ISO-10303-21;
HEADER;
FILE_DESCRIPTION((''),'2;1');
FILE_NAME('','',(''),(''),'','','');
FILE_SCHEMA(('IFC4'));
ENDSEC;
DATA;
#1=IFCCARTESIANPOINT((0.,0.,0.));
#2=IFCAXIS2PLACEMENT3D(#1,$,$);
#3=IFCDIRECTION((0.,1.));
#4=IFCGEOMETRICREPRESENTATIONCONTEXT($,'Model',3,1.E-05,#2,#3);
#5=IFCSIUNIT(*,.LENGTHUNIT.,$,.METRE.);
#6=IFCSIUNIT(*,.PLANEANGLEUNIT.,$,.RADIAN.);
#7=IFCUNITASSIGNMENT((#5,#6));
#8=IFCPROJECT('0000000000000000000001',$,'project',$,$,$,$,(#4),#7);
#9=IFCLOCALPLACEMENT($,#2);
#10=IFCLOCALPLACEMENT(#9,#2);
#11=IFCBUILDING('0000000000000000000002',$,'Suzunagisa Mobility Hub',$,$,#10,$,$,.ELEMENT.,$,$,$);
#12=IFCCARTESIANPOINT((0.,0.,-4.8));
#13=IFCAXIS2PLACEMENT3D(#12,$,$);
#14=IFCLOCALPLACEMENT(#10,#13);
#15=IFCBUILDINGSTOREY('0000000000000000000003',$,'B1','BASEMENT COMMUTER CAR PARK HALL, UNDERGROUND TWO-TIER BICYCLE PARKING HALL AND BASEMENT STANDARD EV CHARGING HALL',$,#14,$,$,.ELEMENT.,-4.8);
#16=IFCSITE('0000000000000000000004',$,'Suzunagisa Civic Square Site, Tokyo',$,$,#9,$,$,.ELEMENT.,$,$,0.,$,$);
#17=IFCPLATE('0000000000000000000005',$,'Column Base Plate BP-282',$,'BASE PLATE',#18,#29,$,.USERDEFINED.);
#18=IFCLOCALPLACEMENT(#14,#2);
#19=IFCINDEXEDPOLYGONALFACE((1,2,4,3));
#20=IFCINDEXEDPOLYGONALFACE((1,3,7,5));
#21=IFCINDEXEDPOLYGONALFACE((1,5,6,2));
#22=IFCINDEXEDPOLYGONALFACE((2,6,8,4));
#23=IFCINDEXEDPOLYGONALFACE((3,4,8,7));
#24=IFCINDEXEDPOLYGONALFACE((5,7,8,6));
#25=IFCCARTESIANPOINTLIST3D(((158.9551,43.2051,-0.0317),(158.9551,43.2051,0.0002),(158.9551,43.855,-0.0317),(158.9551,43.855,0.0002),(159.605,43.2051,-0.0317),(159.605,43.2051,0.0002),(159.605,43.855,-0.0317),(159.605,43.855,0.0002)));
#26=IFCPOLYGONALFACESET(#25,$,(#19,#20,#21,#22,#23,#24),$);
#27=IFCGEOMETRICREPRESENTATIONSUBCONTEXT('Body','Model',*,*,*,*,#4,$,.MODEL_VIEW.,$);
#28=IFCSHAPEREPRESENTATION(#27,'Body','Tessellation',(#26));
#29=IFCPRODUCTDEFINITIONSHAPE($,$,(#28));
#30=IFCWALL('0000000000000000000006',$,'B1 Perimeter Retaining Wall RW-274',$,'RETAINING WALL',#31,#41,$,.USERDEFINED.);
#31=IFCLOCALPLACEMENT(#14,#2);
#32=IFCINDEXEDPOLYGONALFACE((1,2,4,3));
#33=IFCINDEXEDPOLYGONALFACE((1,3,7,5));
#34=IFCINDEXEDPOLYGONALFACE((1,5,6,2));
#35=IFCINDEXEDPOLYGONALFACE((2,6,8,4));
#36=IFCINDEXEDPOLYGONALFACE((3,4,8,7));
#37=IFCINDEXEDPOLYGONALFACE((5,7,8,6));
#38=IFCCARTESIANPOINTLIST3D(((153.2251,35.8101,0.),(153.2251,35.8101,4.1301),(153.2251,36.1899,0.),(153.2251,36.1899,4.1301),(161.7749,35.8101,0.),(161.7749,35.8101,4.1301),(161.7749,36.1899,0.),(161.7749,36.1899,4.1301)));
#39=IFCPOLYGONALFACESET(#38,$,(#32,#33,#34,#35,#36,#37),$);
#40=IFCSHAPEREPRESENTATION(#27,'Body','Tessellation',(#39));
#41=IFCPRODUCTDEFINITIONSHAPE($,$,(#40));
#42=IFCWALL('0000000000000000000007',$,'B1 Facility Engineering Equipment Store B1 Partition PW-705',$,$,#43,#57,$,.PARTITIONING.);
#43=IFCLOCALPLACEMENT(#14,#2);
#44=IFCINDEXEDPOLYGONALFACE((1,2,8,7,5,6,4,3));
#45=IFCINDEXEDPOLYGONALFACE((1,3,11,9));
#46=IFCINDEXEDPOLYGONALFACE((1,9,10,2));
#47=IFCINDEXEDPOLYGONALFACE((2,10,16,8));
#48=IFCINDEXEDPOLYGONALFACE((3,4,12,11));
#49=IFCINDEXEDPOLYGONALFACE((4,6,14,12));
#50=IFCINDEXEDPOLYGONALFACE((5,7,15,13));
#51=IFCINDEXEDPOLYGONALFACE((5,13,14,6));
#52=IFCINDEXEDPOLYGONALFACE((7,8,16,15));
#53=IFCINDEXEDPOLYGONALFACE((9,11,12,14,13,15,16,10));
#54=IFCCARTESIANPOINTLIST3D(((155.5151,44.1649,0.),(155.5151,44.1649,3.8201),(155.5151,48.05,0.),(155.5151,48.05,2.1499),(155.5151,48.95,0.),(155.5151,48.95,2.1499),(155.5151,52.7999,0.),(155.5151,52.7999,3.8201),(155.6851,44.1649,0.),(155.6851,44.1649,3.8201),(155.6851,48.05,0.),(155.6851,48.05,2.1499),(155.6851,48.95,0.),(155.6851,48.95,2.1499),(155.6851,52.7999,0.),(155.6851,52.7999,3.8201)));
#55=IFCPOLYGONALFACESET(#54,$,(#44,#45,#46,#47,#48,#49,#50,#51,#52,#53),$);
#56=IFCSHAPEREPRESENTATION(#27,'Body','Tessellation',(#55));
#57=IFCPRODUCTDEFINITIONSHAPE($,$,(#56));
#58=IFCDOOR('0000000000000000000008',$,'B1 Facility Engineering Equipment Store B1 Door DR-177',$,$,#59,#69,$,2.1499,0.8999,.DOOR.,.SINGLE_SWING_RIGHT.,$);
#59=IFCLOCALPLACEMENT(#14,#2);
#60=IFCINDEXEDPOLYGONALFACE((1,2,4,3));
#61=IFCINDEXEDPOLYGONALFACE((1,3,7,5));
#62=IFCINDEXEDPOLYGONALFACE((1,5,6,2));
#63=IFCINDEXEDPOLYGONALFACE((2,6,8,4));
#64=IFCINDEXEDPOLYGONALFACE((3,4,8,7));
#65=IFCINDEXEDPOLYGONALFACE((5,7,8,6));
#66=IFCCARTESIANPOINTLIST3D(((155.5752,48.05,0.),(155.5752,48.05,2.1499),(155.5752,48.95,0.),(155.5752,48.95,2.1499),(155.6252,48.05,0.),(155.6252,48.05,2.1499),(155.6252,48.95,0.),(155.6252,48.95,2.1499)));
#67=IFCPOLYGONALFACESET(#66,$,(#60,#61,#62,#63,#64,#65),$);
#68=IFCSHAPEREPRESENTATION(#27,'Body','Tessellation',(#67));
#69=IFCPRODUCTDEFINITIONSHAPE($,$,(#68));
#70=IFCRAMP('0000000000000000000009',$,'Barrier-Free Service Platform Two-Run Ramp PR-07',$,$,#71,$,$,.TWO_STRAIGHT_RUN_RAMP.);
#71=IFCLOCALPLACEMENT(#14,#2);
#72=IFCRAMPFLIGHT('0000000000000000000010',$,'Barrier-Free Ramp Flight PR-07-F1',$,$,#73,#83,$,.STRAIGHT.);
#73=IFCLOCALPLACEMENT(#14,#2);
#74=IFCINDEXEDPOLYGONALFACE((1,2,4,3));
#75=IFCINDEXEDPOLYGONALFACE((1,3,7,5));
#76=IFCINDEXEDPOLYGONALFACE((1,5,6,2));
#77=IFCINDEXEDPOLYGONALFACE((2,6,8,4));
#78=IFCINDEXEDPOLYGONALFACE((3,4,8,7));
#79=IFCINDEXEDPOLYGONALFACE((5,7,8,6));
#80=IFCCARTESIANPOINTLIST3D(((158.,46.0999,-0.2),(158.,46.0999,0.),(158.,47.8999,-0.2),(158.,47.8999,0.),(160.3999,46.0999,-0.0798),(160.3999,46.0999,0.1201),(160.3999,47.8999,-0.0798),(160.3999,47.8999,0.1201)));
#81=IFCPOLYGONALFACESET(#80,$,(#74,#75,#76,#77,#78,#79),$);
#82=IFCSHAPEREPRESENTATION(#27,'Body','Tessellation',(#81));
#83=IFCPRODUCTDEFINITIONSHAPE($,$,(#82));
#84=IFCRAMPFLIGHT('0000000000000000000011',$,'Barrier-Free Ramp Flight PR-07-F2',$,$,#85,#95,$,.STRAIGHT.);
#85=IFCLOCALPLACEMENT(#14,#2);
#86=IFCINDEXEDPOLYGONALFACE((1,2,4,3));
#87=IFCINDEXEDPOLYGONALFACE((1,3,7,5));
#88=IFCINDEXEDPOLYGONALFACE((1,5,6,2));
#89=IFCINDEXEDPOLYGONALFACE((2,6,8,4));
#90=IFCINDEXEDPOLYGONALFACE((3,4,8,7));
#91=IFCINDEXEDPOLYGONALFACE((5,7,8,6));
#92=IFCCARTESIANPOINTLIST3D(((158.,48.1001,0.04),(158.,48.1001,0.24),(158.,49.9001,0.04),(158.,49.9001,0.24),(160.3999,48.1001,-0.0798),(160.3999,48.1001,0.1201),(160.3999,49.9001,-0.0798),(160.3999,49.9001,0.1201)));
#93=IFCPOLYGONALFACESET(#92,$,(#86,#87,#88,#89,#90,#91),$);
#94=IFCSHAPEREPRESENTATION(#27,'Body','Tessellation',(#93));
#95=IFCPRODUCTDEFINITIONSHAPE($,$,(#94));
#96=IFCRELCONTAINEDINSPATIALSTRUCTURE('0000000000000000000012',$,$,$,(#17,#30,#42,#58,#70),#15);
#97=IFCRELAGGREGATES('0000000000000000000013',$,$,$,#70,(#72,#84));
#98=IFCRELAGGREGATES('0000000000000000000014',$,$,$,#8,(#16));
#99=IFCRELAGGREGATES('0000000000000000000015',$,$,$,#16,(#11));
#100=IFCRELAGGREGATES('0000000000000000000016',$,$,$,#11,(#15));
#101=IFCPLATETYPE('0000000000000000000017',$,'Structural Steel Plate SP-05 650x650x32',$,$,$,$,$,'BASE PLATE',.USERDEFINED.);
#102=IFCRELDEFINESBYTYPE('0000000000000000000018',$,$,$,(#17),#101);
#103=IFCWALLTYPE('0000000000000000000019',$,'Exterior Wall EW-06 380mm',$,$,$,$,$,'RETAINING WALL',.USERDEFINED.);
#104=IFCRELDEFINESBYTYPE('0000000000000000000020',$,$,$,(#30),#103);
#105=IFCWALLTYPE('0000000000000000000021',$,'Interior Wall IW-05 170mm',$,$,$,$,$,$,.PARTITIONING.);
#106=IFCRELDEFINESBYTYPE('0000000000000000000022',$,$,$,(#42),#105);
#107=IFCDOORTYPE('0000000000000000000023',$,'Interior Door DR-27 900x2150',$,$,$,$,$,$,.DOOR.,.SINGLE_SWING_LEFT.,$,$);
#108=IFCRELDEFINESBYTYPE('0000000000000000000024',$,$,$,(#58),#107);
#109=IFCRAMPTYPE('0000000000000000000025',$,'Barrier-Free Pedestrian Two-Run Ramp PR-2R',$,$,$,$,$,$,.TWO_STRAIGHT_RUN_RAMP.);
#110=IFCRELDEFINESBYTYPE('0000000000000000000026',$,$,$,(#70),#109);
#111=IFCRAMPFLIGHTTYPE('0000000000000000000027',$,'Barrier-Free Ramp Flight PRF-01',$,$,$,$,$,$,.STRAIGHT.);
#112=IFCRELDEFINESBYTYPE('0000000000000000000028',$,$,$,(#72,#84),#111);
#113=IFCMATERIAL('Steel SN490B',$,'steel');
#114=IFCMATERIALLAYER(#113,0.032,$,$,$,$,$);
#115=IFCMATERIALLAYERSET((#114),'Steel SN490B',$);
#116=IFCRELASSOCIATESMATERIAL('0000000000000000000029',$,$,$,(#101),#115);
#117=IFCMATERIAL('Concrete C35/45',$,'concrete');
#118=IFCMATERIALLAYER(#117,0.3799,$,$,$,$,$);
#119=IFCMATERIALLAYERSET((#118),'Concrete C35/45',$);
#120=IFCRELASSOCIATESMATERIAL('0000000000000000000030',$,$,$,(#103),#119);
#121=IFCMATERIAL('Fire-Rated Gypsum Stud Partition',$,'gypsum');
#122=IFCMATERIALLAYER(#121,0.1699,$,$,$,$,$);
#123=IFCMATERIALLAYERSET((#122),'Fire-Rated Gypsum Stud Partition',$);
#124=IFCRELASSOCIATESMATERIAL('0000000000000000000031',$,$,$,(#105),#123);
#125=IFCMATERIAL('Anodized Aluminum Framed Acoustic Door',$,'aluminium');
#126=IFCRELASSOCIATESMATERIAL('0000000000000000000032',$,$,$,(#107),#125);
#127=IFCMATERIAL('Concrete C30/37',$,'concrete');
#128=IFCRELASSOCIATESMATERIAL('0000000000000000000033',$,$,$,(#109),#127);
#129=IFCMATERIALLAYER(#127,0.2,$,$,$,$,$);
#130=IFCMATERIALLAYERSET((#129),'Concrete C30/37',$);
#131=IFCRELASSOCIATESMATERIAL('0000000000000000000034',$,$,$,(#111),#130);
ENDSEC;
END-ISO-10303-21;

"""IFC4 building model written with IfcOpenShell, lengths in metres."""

from ifc_helpers import new_model, si_unit, direction, frame, frame_2d, origin, origin_2d, place, context, subcontext, project, spatial, polyline, rectangle, outline, extrude, material, layer, layer_set, type_object, element, fill, aggregate, save


model = new_model("IFC4")

# Units and contexts
model_context = context("Model", 3, precision=1e-05, world=origin(), true_north=direction((0.0, 1.0)))
body_context = subcontext(model_context, "Body", "Model", "MODEL_VIEW")
ifc_project = project(units=[si_unit("LENGTHUNIT", "METRE"), si_unit("PLANEANGLEUNIT", "RADIAN")], contexts=[model_context])

# Site, building, storey
site_placement = place(None, origin())
site = spatial("IfcSite", under=ifc_project, at=site_placement, Name="Suzunagisa Civic Square Site, Tokyo", CompositionType="ELEMENT", RefElevation=0.0)
building_placement = place(site_placement, origin())
building = spatial("IfcBuilding", under=site, at=building_placement, Name="Suzunagisa Mobility Hub", CompositionType="ELEMENT")
storey_placement = place(building_placement, frame((0.0, 0.0, -4.8)))
storey = spatial("IfcBuildingStorey", under=building, at=storey_placement, Name="B1", Description="BASEMENT COMMUTER CAR PARK HALL, UNDERGROUND TWO-TIER BICYCLE PARKING HALL AND BASEMENT STANDARD EV CHARGING HALL", CompositionType="ELEMENT", Elevation=-4.8)

# Shared definitions
ifc_material_1 = material(Name="Concrete C30/37", Category="concrete")

# Shared definitions
ifc_material_2 = material(Name="Concrete C35/45", Category="concrete")

# Shared definitions
ifc_material_3 = material(Name="Steel SN490B", Category="steel")

# Plate
ifc_layer_1 = layer(ifc_material_3, 0.032)
ifc_layer_set_1 = layer_set([ifc_layer_1], Name="Steel SN490B")
plate_type = type_object("IfcPlateType", Name="Structural Steel Plate SP-05 650x650x32", ElementType="BASE PLATE", PredefinedType="USERDEFINED", material=ifc_layer_set_1)
for number, where, z_axis, x_axis, name in (
    (1, (159.28, 43.53, -0.0317), (0.0, 0.0, 1.0), (1.0, 0.0, 0.0), "Column Base Plate BP-282"),
):
    element("IfcPlate", number, at=place(storey_placement, frame(where, z_axis=z_axis, x_axis=x_axis)), inside=storey, type_object=plate_type, Name=name, ObjectType="BASE PLATE", PredefinedType="USERDEFINED", context=body_context, shape_type="SweptSolid", body=[
        extrude(rectangle(XDim=0.6499, YDim=0.6499, at=origin_2d()), origin(), (0.0, 0.0, 1.0), 0.032),
    ])

# Wall
ifc_layer_2 = layer(ifc_material_2, 0.3799)
ifc_layer_set_2 = layer_set([ifc_layer_2], Name="Concrete C35/45")
wall_type_1 = type_object("IfcWallType", Name="Exterior Wall EW-06 380mm", ElementType="RETAINING WALL", PredefinedType="USERDEFINED", material=ifc_layer_set_2)
wall_1_placement = place(storey_placement, frame((161.7749, 36.0, 0.0), z_axis=(0.0, 0.0, 1.0), x_axis=(-1.0, 0.0, 0.0)))
element("IfcWall", 2, at=wall_1_placement, inside=storey, type_object=wall_type_1, Name="B1 Perimeter Retaining Wall RW-274", ObjectType="RETAINING WALL", PredefinedType="USERDEFINED", context=body_context, shape_type="SweptSolid", body=[
    extrude(rectangle(XDim=8.5498, YDim=0.3799, at=frame_2d((4.2749, 0.0))), origin(), (0.0, 0.0, 1.0), 4.1301),
])

# Wall, opening, door
ifc_material_4 = material(Name="Fire-Rated Gypsum Stud Partition", Category="gypsum")
ifc_layer_3 = layer(ifc_material_4, 0.1699)
ifc_layer_set_3 = layer_set([ifc_layer_3], Name="Fire-Rated Gypsum Stud Partition")
wall_type_2 = type_object("IfcWallType", Name="Interior Wall IW-05 170mm", PredefinedType="PARTITIONING", material=ifc_layer_set_3)
wall_2_placement = place(storey_placement, frame((155.6001, 44.165, 0.0), z_axis=(0.0, 0.0, 1.0), x_axis=(0.0, 1.0, 0.0)))
wall_2 = element("IfcWall", 3, at=wall_2_placement, inside=storey, type_object=wall_type_2, Name="B1 Facility Engineering Equipment Store B1 Partition PW-705", PredefinedType="PARTITIONING", context=body_context, shape_type="SweptSolid", body=[
    extrude(rectangle(XDim=8.635, YDim=0.1699, at=frame_2d((4.3174, 0.0))), origin(), (0.0, 0.0, 1.0), 3.8201),
])
opening_placement = place(wall_2_placement, frame((3.885, 0.0, 0.0)))
opening = element("IfcOpeningElement", 4, at=opening_placement, cuts=wall_2, PredefinedType="OPENING", context=body_context, shape_type="SweptSolid", body=[
    extrude(rectangle(XDim=0.8999, YDim=2.1499, at=frame_2d((0.45, 1.075))), frame((0.0, 0.0959, 0.0), z_axis=(0.0, -1.0, 0.0), x_axis=(1.0, 0.0, 0.0)), (0.0, 0.0, 1.0), 0.1919),
])
ifc_material_5 = material(Name="Anodized Aluminum Framed Acoustic Door", Category="aluminium")
door_type = type_object("IfcDoorType", Name="Interior Door DR-27 900x2150", OperationType="SINGLE_SWING_LEFT", PredefinedType="DOOR", material=ifc_material_5)
door_placement = place(opening_placement, origin())
door = element("IfcDoor", 5, at=door_placement, inside=storey, type_object=door_type, Name="B1 Facility Engineering Equipment Store B1 Door DR-177", OperationType="SINGLE_SWING_RIGHT", OverallHeight=2.1499, OverallWidth=0.8999, PredefinedType="DOOR", context=body_context, shape_type="SweptSolid", body=[
    extrude(rectangle(XDim=0.8999, YDim=2.1499, at=frame_2d((0.45, 1.075))), frame((0.0, 0.0249, 0.0), z_axis=(0.0, -1.0, 0.0), x_axis=(1.0, 0.0, 0.0)), (0.0, 0.0, 1.0), 0.05),
])
fill(opening, door)

# Ramp, ramp flights
ramp_type = type_object("IfcRampType", Name="Barrier-Free Pedestrian Two-Run Ramp PR-2R", PredefinedType="TWO_STRAIGHT_RUN_RAMP", material=ifc_material_1)
ramp_placement = place(storey_placement, origin())
ramp = element("IfcRamp", 6, at=ramp_placement, inside=storey, type_object=ramp_type, Name="Barrier-Free Service Platform Two-Run Ramp PR-07", PredefinedType="TWO_STRAIGHT_RUN_RAMP")
ifc_layer_4 = layer(ifc_material_1, 0.2)
ifc_layer_set_4 = layer_set([ifc_layer_4], Name="Concrete C30/37")
ramp_flight_type = type_object("IfcRampFlightType", Name="Barrier-Free Ramp Flight PRF-01", PredefinedType="STRAIGHT", material=ifc_layer_set_4)
ramp_flight_1_placement = place(storey_placement, frame((158.0, 47.0, 0.0), z_axis=(0.0, 0.0, 1.0), x_axis=(1.0, 0.0, 0.0)))
ramp_flight_1 = element("IfcRampFlight", 7, at=ramp_flight_1_placement, type_object=ramp_flight_type, Name="Barrier-Free Ramp Flight PR-07-F1", PredefinedType="STRAIGHT", context=body_context, shape_type="SweptSolid", body=[
    extrude(outline(polyline([(0.0, 0.0), (2.3999, 0.1201), (2.3999, -0.0798), (0.0, -0.2), (0.0, 0.0)])), frame((0.0, 0.8999, 0.0), z_axis=(0.0, -1.0, 0.0), x_axis=(1.0, 0.0, 0.0)), (0.0, 0.0, 1.0), 1.8),
])
ramp_flight_2_placement = place(storey_placement, frame((160.3999, 49.0, 0.1201), z_axis=(0.0, 0.0, 1.0), x_axis=(-1.0, 0.0, 0.0)))
ramp_flight_2 = element("IfcRampFlight", 8, at=ramp_flight_2_placement, type_object=ramp_flight_type, Name="Barrier-Free Ramp Flight PR-07-F2", PredefinedType="STRAIGHT", context=body_context, shape_type="SweptSolid", body=[
    extrude(outline(polyline([(0.0, 0.0), (2.3999, 0.1199), (2.3999, -0.0801), (0.0, -0.2), (0.0, 0.0)])), frame((0.0, 0.8999, 0.0), z_axis=(0.0, -1.0, 0.0), x_axis=(1.0, 0.0, 0.0)), (0.0, 0.0, 1.0), 1.8),
])
aggregate(ramp, [ramp_flight_1, ramp_flight_2])

save(model, "model.ifc")
